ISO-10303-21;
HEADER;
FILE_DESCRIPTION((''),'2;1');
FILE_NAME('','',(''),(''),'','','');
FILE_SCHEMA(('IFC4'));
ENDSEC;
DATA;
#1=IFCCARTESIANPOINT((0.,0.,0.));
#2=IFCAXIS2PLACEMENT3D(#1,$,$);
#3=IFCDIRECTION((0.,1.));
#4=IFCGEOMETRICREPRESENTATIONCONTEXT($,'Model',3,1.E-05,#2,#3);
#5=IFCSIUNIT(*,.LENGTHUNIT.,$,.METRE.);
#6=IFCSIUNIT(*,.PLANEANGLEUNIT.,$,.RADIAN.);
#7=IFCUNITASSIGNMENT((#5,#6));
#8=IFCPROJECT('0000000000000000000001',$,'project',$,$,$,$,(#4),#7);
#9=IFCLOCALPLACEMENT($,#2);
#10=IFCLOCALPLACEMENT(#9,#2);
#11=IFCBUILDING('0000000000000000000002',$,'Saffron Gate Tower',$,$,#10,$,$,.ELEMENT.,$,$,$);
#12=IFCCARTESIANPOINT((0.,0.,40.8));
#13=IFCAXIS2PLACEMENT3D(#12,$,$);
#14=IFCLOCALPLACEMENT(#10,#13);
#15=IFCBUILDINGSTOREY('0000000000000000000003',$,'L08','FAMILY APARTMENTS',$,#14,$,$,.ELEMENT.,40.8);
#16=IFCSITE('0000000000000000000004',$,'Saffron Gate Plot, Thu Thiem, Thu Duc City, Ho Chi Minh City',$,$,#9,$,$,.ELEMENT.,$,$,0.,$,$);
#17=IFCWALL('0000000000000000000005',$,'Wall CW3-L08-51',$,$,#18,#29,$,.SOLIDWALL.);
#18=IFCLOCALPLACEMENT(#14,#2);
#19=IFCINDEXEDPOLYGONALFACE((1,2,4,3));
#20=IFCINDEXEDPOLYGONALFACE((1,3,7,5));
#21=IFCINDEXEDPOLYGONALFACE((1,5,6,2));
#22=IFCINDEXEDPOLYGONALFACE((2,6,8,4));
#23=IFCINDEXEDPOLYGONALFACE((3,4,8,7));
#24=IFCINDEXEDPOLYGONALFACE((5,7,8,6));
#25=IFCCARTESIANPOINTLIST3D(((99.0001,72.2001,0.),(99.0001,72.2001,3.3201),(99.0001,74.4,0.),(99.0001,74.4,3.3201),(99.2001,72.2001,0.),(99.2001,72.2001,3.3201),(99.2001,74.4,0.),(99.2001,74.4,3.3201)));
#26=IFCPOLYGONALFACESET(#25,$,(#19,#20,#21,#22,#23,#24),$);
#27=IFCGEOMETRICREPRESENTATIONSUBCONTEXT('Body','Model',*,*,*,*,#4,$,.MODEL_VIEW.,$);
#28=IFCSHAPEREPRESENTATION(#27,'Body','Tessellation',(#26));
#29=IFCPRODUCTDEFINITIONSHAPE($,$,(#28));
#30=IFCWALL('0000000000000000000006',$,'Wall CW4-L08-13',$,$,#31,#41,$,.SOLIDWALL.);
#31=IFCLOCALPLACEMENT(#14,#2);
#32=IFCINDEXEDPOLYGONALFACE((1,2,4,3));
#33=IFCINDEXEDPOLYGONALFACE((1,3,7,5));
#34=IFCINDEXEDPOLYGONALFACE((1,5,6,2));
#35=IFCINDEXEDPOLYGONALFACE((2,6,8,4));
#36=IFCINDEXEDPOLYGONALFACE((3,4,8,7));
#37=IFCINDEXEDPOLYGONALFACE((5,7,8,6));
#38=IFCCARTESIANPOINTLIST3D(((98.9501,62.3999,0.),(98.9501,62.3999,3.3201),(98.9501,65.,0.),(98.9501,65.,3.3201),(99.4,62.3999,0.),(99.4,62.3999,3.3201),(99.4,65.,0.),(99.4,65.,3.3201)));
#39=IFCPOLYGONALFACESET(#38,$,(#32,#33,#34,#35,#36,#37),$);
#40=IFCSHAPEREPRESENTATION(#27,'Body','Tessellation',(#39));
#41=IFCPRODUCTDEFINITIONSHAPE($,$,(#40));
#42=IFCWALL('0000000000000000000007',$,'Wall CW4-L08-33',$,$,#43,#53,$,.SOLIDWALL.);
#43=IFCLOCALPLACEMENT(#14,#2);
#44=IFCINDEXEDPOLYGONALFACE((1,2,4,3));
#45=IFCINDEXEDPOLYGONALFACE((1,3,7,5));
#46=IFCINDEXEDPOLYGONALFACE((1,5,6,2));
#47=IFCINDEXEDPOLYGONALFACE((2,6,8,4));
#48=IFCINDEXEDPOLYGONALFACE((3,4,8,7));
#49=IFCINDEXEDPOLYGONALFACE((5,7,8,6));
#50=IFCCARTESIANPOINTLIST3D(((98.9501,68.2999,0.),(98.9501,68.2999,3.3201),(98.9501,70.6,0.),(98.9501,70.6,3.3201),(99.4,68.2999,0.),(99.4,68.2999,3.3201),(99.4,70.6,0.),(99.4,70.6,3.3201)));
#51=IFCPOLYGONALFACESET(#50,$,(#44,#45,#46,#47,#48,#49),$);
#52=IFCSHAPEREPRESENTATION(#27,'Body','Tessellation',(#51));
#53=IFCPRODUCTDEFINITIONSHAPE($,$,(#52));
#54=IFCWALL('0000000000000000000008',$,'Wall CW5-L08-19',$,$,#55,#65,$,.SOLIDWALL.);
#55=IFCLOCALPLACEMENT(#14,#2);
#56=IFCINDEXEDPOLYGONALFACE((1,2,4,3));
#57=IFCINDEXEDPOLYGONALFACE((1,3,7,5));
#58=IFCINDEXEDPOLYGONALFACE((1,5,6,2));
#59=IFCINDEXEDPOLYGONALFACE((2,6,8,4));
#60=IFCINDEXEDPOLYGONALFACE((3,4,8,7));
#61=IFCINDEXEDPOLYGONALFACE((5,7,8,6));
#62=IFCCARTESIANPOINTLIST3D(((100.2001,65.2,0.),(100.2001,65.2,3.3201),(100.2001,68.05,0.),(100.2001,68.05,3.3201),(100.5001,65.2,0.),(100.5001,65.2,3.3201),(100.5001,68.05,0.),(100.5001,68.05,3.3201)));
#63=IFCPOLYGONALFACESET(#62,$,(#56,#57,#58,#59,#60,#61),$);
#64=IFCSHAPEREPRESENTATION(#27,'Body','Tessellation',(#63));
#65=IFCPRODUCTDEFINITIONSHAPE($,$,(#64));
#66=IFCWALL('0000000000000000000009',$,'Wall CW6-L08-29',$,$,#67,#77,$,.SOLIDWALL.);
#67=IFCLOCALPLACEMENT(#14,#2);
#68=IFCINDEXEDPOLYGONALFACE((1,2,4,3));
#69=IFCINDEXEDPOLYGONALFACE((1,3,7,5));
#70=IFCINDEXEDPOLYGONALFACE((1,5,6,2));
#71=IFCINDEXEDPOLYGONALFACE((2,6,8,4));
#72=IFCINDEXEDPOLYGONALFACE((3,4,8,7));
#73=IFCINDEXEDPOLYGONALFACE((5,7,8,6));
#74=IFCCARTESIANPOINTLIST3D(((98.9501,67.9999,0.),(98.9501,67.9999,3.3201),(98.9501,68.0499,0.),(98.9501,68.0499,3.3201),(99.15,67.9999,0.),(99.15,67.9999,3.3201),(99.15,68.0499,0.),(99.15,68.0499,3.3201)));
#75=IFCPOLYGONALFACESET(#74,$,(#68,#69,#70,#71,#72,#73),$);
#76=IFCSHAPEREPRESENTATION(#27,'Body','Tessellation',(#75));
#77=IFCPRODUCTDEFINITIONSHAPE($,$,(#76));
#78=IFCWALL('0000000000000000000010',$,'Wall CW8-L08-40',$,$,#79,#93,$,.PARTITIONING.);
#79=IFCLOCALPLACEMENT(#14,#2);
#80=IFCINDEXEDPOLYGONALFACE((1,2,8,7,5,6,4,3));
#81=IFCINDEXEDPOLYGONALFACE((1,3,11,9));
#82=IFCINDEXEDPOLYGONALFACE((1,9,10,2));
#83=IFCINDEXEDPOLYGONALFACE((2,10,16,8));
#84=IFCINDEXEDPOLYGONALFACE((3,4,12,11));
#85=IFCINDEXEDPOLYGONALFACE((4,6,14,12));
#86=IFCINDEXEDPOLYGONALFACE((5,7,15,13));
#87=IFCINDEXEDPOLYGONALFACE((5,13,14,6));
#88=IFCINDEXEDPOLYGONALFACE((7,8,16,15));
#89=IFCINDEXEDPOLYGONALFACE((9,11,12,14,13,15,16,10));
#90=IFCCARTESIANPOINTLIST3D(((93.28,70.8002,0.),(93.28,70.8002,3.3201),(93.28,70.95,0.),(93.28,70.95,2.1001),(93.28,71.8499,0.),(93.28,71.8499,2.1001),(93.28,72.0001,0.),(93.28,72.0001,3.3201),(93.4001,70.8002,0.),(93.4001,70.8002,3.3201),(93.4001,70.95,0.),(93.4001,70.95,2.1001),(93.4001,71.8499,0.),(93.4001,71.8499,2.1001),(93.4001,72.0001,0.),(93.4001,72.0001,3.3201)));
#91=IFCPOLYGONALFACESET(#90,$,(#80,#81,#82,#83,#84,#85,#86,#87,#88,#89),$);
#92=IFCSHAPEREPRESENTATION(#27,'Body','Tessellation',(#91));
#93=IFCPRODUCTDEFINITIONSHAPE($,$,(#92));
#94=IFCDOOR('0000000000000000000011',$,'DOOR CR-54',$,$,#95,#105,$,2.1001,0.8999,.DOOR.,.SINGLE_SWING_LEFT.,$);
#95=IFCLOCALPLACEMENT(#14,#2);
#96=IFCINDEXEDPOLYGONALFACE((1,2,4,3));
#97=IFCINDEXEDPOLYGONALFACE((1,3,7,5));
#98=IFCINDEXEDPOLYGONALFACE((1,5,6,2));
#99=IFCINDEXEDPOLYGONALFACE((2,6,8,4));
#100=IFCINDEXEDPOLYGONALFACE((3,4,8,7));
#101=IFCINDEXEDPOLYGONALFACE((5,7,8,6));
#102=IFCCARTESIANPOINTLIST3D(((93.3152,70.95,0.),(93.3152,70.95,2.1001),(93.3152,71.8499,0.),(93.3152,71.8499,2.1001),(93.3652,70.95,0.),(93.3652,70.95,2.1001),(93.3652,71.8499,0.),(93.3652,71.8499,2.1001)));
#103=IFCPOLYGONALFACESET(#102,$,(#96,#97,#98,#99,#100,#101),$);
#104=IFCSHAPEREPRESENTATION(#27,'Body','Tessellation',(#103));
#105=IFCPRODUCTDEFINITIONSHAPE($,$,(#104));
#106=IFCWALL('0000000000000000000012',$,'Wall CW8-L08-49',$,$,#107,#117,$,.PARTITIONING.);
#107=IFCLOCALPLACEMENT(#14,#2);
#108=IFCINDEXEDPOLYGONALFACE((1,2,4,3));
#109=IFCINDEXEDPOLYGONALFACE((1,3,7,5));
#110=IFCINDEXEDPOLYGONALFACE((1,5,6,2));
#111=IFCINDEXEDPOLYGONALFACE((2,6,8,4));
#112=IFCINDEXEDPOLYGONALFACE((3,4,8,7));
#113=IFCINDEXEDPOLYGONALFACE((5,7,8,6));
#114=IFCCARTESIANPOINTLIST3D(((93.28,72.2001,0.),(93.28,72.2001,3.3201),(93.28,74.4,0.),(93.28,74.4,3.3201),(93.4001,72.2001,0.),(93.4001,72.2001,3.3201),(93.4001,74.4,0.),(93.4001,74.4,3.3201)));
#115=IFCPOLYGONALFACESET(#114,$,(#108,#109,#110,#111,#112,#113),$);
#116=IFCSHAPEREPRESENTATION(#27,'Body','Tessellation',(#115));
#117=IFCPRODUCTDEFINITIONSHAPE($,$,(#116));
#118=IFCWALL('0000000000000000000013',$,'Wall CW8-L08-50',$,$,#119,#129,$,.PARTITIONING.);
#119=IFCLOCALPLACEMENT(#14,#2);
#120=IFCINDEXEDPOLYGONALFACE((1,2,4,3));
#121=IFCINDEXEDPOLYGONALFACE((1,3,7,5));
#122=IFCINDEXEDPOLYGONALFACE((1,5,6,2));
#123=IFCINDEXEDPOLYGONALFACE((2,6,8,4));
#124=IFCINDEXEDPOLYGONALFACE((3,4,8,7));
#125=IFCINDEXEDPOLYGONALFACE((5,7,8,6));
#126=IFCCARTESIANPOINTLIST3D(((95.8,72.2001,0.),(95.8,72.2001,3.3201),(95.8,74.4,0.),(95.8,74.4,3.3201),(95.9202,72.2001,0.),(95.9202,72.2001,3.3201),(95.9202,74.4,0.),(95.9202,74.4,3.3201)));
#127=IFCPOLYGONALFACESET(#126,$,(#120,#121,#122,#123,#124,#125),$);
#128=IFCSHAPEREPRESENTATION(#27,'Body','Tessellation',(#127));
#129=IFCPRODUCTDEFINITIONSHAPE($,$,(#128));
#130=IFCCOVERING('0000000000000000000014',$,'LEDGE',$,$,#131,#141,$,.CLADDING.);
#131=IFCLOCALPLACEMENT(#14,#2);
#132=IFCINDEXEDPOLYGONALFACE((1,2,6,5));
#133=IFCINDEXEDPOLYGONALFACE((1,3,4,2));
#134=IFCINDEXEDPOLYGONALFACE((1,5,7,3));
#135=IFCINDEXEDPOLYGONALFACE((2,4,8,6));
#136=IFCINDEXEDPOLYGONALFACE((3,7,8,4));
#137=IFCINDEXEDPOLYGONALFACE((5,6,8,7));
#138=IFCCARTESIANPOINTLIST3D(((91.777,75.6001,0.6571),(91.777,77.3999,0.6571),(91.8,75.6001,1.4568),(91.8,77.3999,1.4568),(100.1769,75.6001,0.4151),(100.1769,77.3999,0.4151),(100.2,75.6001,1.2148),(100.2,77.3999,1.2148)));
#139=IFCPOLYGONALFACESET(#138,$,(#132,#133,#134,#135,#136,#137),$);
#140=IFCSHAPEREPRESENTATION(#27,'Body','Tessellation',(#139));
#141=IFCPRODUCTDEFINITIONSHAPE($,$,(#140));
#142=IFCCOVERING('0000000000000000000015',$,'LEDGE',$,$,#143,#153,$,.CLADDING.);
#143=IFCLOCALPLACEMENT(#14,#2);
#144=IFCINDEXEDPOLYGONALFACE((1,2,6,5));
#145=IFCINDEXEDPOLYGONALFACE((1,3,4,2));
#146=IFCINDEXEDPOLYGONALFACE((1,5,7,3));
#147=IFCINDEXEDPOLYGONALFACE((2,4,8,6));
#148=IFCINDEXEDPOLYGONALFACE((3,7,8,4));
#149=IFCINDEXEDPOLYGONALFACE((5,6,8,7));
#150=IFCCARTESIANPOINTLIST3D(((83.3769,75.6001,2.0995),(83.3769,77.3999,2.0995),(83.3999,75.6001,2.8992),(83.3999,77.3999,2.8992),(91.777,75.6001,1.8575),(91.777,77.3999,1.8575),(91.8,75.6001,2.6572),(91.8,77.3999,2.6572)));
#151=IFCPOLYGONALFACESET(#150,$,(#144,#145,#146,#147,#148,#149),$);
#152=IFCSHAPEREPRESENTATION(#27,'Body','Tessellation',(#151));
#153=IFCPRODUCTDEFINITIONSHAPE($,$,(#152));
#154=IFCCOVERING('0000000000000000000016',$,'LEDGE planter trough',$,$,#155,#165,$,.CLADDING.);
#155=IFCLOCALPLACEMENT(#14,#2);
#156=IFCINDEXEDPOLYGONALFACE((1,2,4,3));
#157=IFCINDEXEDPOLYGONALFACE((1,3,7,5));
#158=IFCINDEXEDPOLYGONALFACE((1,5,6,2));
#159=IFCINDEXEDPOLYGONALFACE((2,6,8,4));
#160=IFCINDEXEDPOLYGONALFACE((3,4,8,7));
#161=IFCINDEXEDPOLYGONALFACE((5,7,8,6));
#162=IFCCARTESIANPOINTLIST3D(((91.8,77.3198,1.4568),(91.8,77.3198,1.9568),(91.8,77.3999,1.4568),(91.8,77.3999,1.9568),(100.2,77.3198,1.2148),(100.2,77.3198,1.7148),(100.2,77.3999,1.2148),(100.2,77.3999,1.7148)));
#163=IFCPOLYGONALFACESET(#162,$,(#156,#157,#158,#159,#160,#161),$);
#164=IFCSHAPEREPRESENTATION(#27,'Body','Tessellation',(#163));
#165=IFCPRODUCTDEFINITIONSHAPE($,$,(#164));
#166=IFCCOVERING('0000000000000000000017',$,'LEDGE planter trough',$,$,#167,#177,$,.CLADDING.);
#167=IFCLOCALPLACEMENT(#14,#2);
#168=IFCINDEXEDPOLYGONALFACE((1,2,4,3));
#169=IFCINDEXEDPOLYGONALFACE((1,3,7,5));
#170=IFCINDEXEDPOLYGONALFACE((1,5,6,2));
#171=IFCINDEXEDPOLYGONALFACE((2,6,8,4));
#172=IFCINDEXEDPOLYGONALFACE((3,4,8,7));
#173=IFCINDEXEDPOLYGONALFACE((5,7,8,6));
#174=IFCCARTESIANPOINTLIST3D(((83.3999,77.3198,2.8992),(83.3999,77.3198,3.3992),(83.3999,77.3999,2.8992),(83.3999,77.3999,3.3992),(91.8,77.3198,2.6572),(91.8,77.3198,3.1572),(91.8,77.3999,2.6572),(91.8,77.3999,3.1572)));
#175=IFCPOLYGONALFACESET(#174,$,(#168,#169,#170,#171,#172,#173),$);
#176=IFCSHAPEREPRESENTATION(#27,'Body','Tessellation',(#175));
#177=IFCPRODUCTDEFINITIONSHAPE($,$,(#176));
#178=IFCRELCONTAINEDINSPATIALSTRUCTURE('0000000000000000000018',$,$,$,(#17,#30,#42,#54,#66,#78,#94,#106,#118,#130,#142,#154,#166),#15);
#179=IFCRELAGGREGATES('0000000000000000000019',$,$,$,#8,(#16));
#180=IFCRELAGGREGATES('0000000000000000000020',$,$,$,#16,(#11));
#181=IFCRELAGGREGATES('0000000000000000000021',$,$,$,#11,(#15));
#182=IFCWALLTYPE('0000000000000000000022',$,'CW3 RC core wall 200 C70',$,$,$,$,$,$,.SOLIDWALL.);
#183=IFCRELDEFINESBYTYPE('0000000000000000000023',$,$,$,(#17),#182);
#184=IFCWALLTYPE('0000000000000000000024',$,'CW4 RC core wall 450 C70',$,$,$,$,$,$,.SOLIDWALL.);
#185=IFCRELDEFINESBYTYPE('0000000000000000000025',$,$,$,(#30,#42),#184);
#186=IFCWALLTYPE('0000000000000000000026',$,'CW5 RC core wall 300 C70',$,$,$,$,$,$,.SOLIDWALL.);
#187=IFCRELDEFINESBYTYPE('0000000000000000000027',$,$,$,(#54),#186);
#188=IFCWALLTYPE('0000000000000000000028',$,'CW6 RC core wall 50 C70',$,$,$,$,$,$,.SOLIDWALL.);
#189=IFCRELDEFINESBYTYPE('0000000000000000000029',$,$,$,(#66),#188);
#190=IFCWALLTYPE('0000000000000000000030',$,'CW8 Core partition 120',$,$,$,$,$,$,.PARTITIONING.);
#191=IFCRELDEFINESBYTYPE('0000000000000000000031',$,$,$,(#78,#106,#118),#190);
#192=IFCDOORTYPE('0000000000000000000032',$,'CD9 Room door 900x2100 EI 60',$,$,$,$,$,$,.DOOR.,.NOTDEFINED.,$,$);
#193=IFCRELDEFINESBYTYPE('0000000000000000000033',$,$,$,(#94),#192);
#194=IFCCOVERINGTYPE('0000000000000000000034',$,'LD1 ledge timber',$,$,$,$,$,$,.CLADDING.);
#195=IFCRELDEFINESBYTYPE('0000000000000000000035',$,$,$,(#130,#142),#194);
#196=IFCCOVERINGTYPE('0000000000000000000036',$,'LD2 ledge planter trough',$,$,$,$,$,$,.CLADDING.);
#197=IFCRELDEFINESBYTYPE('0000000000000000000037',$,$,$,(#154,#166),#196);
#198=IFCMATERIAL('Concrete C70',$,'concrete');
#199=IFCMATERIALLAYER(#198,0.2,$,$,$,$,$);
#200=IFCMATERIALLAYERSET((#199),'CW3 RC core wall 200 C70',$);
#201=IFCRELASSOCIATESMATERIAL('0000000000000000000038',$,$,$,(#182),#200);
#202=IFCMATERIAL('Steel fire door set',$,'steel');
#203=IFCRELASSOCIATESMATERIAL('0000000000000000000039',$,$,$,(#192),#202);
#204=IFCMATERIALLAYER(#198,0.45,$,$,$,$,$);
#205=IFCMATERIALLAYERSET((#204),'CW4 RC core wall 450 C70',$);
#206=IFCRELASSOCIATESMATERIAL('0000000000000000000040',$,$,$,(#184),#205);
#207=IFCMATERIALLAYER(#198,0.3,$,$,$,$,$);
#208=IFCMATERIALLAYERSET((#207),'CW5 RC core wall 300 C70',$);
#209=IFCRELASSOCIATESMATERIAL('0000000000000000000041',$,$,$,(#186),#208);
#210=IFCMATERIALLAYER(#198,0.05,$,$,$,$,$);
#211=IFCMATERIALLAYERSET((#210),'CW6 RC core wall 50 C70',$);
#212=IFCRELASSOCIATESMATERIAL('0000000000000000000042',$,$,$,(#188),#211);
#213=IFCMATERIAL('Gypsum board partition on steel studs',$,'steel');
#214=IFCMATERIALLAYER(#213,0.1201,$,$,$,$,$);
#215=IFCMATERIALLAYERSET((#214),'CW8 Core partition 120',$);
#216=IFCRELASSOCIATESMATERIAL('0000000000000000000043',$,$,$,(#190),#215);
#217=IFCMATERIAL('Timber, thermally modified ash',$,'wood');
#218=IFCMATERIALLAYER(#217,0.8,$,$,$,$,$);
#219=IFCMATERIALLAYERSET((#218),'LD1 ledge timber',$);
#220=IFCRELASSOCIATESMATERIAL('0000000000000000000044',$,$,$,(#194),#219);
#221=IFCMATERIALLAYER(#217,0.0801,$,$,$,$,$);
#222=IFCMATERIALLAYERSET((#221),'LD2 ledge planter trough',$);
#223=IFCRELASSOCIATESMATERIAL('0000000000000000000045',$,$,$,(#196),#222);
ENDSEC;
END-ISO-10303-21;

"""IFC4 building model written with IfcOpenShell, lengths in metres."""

from ifc_helpers import new_model, si_unit, direction, frame, frame_2d, origin, place, context, subcontext, project, spatial, polyline, rectangle, outline, extrude, material, layer, layer_set, type_object, element, fill, save


model = new_model("IFC4")

# Units and contexts
model_context = context("Model", 3, precision=1e-05, world=origin(), true_north=direction((0.0, 1.0)))
body_context = subcontext(model_context, "Body", "Model", "MODEL_VIEW")
ifc_project = project(units=[si_unit("LENGTHUNIT", "METRE"), si_unit("PLANEANGLEUNIT", "RADIAN")], contexts=[model_context])

# Site, building, storey
site_placement = place(None, origin())
site = spatial("IfcSite", under=ifc_project, at=site_placement, Name="Saffron Gate Plot, Thu Thiem, Thu Duc City, Ho Chi Minh City", CompositionType="ELEMENT", RefElevation=0.0)
building_placement = place(site_placement, origin())
building = spatial("IfcBuilding", under=site, at=building_placement, Name="Saffron Gate Tower", CompositionType="ELEMENT")
storey_placement = place(building_placement, frame((0.0, 0.0, 40.8)))
storey = spatial("IfcBuildingStorey", under=building, at=storey_placement, Name="L08", Description="FAMILY APARTMENTS", CompositionType="ELEMENT", Elevation=40.8)

# Shared definitions
ifc_material_1 = material(Name="Concrete C70", Category="concrete")

# Shared definitions
ifc_material_2 = material(Name="Steel fire door set", Category="steel")

# Shared definitions
ifc_layer_1 = layer(ifc_material_1, 0.2)
ifc_layer_set_1 = layer_set([ifc_layer_1], Name="CW3 RC core wall 200 C70")
wall_type_1 = type_object("IfcWallType", Name="CW3 RC core wall 200 C70", PredefinedType="SOLIDWALL", material=ifc_layer_set_1)

# Shared definitions
door_type_1 = type_object("IfcDoorType", Name="CD9 Room door 900x2100 EI 60", OperationType="NOTDEFINED", PredefinedType="DOOR", material=ifc_material_2)

# Walls
wall_1_placement = place(storey_placement, frame((99.1001, 72.2, 0.0), z_axis=(0.0, 0.0, 1.0), x_axis=(0.0, 1.0, 0.0)))
element("IfcWall", 1, at=wall_1_placement, inside=storey, type_object=wall_type_1, Name="Wall CW3-L08-51", PredefinedType="SOLIDWALL", context=body_context, shape_type="SweptSolid", body=[
    extrude(rectangle(XDim=2.2, YDim=0.2, at=frame_2d((1.1001, 0.0))), origin(), (0.0, 0.0, 1.0), 3.3201),
])
ifc_layer_2 = layer(ifc_material_1, 0.45)
ifc_layer_set_2 = layer_set([ifc_layer_2], Name="CW4 RC core wall 450 C70")
wall_type_2 = type_object("IfcWallType", Name="CW4 RC core wall 450 C70", PredefinedType="SOLIDWALL", material=ifc_layer_set_2)
wall_2_placement = place(storey_placement, frame((99.175, 62.3999, 0.0), z_axis=(0.0, 0.0, 1.0), x_axis=(0.0, 1.0, 0.0)))
element("IfcWall", 2, at=wall_2_placement, inside=storey, type_object=wall_type_2, Name="Wall CW4-L08-13", PredefinedType="SOLIDWALL", context=body_context, shape_type="SweptSolid", body=[
    extrude(rectangle(XDim=2.6001, YDim=0.45, at=frame_2d((1.3, 0.0))), origin(), (0.0, 0.0, 1.0), 3.3201),
])
wall_3_placement = place(storey_placement, frame((99.175, 68.3, 0.0), z_axis=(0.0, 0.0, 1.0), x_axis=(0.0, 1.0, 0.0)))
element("IfcWall", 3, at=wall_3_placement, inside=storey, type_object=wall_type_2, Name="Wall CW4-L08-33", PredefinedType="SOLIDWALL", context=body_context, shape_type="SweptSolid", body=[
    extrude(rectangle(XDim=2.3, YDim=0.45, at=frame_2d((1.1499, 0.0))), origin(), (0.0, 0.0, 1.0), 3.3201),
])
ifc_layer_3 = layer(ifc_material_1, 0.3)
ifc_layer_set_3 = layer_set([ifc_layer_3], Name="CW5 RC core wall 300 C70")
wall_type_3 = type_object("IfcWallType", Name="CW5 RC core wall 300 C70", PredefinedType="SOLIDWALL", material=ifc_layer_set_3)
wall_4_placement = place(storey_placement, frame((100.3501, 65.2, 0.0), z_axis=(0.0, 0.0, 1.0), x_axis=(0.0, 1.0, 0.0)))
element("IfcWall", 4, at=wall_4_placement, inside=storey, type_object=wall_type_3, Name="Wall CW5-L08-19", PredefinedType="SOLIDWALL", context=body_context, shape_type="SweptSolid", body=[
    extrude(rectangle(XDim=2.8501, YDim=0.3, at=frame_2d((1.425, 0.0))), origin(), (0.0, 0.0, 1.0), 3.3201),
])
ifc_layer_4 = layer(ifc_material_1, 0.05)
ifc_layer_set_4 = layer_set([ifc_layer_4], Name="CW6 RC core wall 50 C70")
wall_type_4 = type_object("IfcWallType", Name="CW6 RC core wall 50 C70", PredefinedType="SOLIDWALL", material=ifc_layer_set_4)
wall_5_placement = place(storey_placement, frame((98.95, 68.0249, 0.0), z_axis=(0.0, 0.0, 1.0), x_axis=(1.0, 0.0, 0.0)))
element("IfcWall", 5, at=wall_5_placement, inside=storey, type_object=wall_type_4, Name="Wall CW6-L08-29", PredefinedType="SOLIDWALL", context=body_context, shape_type="SweptSolid", body=[
    extrude(rectangle(XDim=0.2, YDim=0.05, at=frame_2d((0.1001, 0.0))), origin(), (0.0, 0.0, 1.0), 3.3201),
])

# Wall, opening, door
ifc_material_3 = material(Name="Gypsum board partition on steel studs", Category="steel")
ifc_layer_5 = layer(ifc_material_3, 0.1201)
ifc_layer_set_5 = layer_set([ifc_layer_5], Name="CW8 Core partition 120")
wall_type_5 = type_object("IfcWallType", Name="CW8 Core partition 120", PredefinedType="PARTITIONING", material=ifc_layer_set_5)
wall_6_placement = place(storey_placement, frame((93.3401, 70.8, 0.0), z_axis=(0.0, 0.0, 1.0), x_axis=(0.0, 1.0, 0.0)))
wall_6 = element("IfcWall", 6, at=wall_6_placement, inside=storey, type_object=wall_type_5, Name="Wall CW8-L08-40", PredefinedType="PARTITIONING", context=body_context, shape_type="SweptSolid", body=[
    extrude(rectangle(XDim=1.2, YDim=0.1201, at=frame_2d((0.6001, 0.0))), origin(), (0.0, 0.0, 1.0), 3.3201),
])
opening_1_placement = place(wall_6_placement, frame((0.1499, 0.0, 0.0)))
opening_1 = element("IfcOpeningElement", 7, at=opening_1_placement, cuts=wall_6, PredefinedType="OPENING", context=body_context, shape_type="SweptSolid", body=[
    extrude(rectangle(XDim=0.8999, YDim=2.1001, at=frame_2d((0.45, 1.05))), frame((0.0, 0.0701, 0.0), z_axis=(0.0, -1.0, 0.0), x_axis=(1.0, 0.0, 0.0)), (0.0, 0.0, 1.0), 0.1401),
])
door_1_placement = place(opening_1_placement, origin())
door_1 = element("IfcDoor", 8, at=door_1_placement, inside=storey, type_object=door_type_1, Name="DOOR CR-54", OperationType="SINGLE_SWING_LEFT", OverallHeight=2.1001, OverallWidth=0.8999, PredefinedType="DOOR", context=body_context, shape_type="SweptSolid", body=[
    extrude(rectangle(XDim=0.8999, YDim=2.1001, at=frame_2d((0.45, 1.05))), frame((0.0, 0.0249, 0.0), z_axis=(0.0, -1.0, 0.0), x_axis=(1.0, 0.0, 0.0)), (0.0, 0.0, 1.0), 0.05),
])
fill(opening_1, door_1)

# Walls
for number, where, z_axis, x_axis, name in (
    (9, (93.3401, 72.2, 0.0), (0.0, 0.0, 1.0), (0.0, 1.0, 0.0), "Wall CW8-L08-49"),
    (10, (95.8601, 72.2, 0.0), (0.0, 0.0, 1.0), (0.0, 1.0, 0.0), "Wall CW8-L08-50"),
):
    element("IfcWall", number, at=place(storey_placement, frame(where, z_axis=z_axis, x_axis=x_axis)), inside=storey, type_object=wall_type_5, Name=name, PredefinedType="PARTITIONING", context=body_context, shape_type="SweptSolid", body=[
        extrude(rectangle(XDim=2.2, YDim=0.1201, at=frame_2d((1.1001, 0.0))), origin(), (0.0, 0.0, 1.0), 3.3201),
    ])

# Coverings
ifc_material_4 = material(Name="Timber, thermally modified ash", Category="wood")
ifc_layer_6 = layer(ifc_material_4, 0.8)
ifc_layer_set_6 = layer_set([ifc_layer_6], Name="LD1 ledge timber")
covering_type_1 = type_object("IfcCoveringType", Name="LD1 ledge timber", PredefinedType="CLADDING", material=ifc_layer_set_6)
covering_1_placement = place(storey_placement, frame((100.2, 75.6001, 1.2148), z_axis=(0.028791, 0.0, 0.999585), x_axis=(-0.999585, 0.0, 0.028791)))
element("IfcCovering", 11, at=covering_1_placement, inside=storey, type_object=covering_type_1, Name="LEDGE", PredefinedType="CLADDING", context=body_context, shape_type="SweptSolid", body=[
    extrude(outline(polyline([(0.0, 0.0), (8.4034, 0.0), (8.4034, -1.7998), (0.0, -1.7998), (0.0, 0.0)])), origin(), (0.0, 0.0, -1.0), 0.8),
])
covering_2_placement = place(storey_placement, frame((91.8, 75.6001, 2.6572), z_axis=(0.02879, 0.0, 0.999585), x_axis=(-0.999585, 0.0, 0.02879)))
element("IfcCovering", 12, at=covering_2_placement, inside=storey, type_object=covering_type_1, Name="LEDGE", PredefinedType="CLADDING", context=body_context, shape_type="SweptSolid", body=[
    extrude(outline(polyline([(0.0, 0.0), (8.4036, 0.0), (8.4036, -1.7998), (0.0, -1.7998), (0.0, 0.0)])), origin(), (0.0, 0.0, -1.0), 0.8),
])
ifc_layer_7 = layer(ifc_material_4, 0.0801)
ifc_layer_set_7 = layer_set([ifc_layer_7], Name="LD2 ledge planter trough")
covering_type_2 = type_object("IfcCoveringType", Name="LD2 ledge planter trough", PredefinedType="CLADDING", material=ifc_layer_set_7)
covering_3_placement = place(storey_placement, frame((100.2, 77.3999, 1.2148), z_axis=(0.0, 1.0, 0.0), x_axis=(-0.999585, 0.0, 0.028791)))
element("IfcCovering", 13, at=covering_3_placement, inside=storey, type_object=covering_type_2, Name="LEDGE planter trough", PredefinedType="CLADDING", context=body_context, shape_type="SweptSolid", body=[
    extrude(outline(polyline([(0.0, 0.0), (8.4034, 0.0), (8.4178, 0.4998), (0.0144, 0.4998), (0.0, 0.0)])), origin(), (0.0, 0.0, -1.0), 0.0801),
])
covering_4_placement = place(storey_placement, frame((91.8, 77.3999, 2.6572), z_axis=(0.0, 1.0, 0.0), x_axis=(-0.999585, 0.0, 0.02879)))
element("IfcCovering", 14, at=covering_4_placement, inside=storey, type_object=covering_type_2, Name="LEDGE planter trough", PredefinedType="CLADDING", context=body_context, shape_type="SweptSolid", body=[
    extrude(outline(polyline([(0.0, 0.0), (8.4036, 0.0), (8.418, 0.4998), (0.0144, 0.4998), (0.0, 0.0)])), origin(), (0.0, 0.0, -1.0), 0.0801),
])

save(model, "model.ifc")
